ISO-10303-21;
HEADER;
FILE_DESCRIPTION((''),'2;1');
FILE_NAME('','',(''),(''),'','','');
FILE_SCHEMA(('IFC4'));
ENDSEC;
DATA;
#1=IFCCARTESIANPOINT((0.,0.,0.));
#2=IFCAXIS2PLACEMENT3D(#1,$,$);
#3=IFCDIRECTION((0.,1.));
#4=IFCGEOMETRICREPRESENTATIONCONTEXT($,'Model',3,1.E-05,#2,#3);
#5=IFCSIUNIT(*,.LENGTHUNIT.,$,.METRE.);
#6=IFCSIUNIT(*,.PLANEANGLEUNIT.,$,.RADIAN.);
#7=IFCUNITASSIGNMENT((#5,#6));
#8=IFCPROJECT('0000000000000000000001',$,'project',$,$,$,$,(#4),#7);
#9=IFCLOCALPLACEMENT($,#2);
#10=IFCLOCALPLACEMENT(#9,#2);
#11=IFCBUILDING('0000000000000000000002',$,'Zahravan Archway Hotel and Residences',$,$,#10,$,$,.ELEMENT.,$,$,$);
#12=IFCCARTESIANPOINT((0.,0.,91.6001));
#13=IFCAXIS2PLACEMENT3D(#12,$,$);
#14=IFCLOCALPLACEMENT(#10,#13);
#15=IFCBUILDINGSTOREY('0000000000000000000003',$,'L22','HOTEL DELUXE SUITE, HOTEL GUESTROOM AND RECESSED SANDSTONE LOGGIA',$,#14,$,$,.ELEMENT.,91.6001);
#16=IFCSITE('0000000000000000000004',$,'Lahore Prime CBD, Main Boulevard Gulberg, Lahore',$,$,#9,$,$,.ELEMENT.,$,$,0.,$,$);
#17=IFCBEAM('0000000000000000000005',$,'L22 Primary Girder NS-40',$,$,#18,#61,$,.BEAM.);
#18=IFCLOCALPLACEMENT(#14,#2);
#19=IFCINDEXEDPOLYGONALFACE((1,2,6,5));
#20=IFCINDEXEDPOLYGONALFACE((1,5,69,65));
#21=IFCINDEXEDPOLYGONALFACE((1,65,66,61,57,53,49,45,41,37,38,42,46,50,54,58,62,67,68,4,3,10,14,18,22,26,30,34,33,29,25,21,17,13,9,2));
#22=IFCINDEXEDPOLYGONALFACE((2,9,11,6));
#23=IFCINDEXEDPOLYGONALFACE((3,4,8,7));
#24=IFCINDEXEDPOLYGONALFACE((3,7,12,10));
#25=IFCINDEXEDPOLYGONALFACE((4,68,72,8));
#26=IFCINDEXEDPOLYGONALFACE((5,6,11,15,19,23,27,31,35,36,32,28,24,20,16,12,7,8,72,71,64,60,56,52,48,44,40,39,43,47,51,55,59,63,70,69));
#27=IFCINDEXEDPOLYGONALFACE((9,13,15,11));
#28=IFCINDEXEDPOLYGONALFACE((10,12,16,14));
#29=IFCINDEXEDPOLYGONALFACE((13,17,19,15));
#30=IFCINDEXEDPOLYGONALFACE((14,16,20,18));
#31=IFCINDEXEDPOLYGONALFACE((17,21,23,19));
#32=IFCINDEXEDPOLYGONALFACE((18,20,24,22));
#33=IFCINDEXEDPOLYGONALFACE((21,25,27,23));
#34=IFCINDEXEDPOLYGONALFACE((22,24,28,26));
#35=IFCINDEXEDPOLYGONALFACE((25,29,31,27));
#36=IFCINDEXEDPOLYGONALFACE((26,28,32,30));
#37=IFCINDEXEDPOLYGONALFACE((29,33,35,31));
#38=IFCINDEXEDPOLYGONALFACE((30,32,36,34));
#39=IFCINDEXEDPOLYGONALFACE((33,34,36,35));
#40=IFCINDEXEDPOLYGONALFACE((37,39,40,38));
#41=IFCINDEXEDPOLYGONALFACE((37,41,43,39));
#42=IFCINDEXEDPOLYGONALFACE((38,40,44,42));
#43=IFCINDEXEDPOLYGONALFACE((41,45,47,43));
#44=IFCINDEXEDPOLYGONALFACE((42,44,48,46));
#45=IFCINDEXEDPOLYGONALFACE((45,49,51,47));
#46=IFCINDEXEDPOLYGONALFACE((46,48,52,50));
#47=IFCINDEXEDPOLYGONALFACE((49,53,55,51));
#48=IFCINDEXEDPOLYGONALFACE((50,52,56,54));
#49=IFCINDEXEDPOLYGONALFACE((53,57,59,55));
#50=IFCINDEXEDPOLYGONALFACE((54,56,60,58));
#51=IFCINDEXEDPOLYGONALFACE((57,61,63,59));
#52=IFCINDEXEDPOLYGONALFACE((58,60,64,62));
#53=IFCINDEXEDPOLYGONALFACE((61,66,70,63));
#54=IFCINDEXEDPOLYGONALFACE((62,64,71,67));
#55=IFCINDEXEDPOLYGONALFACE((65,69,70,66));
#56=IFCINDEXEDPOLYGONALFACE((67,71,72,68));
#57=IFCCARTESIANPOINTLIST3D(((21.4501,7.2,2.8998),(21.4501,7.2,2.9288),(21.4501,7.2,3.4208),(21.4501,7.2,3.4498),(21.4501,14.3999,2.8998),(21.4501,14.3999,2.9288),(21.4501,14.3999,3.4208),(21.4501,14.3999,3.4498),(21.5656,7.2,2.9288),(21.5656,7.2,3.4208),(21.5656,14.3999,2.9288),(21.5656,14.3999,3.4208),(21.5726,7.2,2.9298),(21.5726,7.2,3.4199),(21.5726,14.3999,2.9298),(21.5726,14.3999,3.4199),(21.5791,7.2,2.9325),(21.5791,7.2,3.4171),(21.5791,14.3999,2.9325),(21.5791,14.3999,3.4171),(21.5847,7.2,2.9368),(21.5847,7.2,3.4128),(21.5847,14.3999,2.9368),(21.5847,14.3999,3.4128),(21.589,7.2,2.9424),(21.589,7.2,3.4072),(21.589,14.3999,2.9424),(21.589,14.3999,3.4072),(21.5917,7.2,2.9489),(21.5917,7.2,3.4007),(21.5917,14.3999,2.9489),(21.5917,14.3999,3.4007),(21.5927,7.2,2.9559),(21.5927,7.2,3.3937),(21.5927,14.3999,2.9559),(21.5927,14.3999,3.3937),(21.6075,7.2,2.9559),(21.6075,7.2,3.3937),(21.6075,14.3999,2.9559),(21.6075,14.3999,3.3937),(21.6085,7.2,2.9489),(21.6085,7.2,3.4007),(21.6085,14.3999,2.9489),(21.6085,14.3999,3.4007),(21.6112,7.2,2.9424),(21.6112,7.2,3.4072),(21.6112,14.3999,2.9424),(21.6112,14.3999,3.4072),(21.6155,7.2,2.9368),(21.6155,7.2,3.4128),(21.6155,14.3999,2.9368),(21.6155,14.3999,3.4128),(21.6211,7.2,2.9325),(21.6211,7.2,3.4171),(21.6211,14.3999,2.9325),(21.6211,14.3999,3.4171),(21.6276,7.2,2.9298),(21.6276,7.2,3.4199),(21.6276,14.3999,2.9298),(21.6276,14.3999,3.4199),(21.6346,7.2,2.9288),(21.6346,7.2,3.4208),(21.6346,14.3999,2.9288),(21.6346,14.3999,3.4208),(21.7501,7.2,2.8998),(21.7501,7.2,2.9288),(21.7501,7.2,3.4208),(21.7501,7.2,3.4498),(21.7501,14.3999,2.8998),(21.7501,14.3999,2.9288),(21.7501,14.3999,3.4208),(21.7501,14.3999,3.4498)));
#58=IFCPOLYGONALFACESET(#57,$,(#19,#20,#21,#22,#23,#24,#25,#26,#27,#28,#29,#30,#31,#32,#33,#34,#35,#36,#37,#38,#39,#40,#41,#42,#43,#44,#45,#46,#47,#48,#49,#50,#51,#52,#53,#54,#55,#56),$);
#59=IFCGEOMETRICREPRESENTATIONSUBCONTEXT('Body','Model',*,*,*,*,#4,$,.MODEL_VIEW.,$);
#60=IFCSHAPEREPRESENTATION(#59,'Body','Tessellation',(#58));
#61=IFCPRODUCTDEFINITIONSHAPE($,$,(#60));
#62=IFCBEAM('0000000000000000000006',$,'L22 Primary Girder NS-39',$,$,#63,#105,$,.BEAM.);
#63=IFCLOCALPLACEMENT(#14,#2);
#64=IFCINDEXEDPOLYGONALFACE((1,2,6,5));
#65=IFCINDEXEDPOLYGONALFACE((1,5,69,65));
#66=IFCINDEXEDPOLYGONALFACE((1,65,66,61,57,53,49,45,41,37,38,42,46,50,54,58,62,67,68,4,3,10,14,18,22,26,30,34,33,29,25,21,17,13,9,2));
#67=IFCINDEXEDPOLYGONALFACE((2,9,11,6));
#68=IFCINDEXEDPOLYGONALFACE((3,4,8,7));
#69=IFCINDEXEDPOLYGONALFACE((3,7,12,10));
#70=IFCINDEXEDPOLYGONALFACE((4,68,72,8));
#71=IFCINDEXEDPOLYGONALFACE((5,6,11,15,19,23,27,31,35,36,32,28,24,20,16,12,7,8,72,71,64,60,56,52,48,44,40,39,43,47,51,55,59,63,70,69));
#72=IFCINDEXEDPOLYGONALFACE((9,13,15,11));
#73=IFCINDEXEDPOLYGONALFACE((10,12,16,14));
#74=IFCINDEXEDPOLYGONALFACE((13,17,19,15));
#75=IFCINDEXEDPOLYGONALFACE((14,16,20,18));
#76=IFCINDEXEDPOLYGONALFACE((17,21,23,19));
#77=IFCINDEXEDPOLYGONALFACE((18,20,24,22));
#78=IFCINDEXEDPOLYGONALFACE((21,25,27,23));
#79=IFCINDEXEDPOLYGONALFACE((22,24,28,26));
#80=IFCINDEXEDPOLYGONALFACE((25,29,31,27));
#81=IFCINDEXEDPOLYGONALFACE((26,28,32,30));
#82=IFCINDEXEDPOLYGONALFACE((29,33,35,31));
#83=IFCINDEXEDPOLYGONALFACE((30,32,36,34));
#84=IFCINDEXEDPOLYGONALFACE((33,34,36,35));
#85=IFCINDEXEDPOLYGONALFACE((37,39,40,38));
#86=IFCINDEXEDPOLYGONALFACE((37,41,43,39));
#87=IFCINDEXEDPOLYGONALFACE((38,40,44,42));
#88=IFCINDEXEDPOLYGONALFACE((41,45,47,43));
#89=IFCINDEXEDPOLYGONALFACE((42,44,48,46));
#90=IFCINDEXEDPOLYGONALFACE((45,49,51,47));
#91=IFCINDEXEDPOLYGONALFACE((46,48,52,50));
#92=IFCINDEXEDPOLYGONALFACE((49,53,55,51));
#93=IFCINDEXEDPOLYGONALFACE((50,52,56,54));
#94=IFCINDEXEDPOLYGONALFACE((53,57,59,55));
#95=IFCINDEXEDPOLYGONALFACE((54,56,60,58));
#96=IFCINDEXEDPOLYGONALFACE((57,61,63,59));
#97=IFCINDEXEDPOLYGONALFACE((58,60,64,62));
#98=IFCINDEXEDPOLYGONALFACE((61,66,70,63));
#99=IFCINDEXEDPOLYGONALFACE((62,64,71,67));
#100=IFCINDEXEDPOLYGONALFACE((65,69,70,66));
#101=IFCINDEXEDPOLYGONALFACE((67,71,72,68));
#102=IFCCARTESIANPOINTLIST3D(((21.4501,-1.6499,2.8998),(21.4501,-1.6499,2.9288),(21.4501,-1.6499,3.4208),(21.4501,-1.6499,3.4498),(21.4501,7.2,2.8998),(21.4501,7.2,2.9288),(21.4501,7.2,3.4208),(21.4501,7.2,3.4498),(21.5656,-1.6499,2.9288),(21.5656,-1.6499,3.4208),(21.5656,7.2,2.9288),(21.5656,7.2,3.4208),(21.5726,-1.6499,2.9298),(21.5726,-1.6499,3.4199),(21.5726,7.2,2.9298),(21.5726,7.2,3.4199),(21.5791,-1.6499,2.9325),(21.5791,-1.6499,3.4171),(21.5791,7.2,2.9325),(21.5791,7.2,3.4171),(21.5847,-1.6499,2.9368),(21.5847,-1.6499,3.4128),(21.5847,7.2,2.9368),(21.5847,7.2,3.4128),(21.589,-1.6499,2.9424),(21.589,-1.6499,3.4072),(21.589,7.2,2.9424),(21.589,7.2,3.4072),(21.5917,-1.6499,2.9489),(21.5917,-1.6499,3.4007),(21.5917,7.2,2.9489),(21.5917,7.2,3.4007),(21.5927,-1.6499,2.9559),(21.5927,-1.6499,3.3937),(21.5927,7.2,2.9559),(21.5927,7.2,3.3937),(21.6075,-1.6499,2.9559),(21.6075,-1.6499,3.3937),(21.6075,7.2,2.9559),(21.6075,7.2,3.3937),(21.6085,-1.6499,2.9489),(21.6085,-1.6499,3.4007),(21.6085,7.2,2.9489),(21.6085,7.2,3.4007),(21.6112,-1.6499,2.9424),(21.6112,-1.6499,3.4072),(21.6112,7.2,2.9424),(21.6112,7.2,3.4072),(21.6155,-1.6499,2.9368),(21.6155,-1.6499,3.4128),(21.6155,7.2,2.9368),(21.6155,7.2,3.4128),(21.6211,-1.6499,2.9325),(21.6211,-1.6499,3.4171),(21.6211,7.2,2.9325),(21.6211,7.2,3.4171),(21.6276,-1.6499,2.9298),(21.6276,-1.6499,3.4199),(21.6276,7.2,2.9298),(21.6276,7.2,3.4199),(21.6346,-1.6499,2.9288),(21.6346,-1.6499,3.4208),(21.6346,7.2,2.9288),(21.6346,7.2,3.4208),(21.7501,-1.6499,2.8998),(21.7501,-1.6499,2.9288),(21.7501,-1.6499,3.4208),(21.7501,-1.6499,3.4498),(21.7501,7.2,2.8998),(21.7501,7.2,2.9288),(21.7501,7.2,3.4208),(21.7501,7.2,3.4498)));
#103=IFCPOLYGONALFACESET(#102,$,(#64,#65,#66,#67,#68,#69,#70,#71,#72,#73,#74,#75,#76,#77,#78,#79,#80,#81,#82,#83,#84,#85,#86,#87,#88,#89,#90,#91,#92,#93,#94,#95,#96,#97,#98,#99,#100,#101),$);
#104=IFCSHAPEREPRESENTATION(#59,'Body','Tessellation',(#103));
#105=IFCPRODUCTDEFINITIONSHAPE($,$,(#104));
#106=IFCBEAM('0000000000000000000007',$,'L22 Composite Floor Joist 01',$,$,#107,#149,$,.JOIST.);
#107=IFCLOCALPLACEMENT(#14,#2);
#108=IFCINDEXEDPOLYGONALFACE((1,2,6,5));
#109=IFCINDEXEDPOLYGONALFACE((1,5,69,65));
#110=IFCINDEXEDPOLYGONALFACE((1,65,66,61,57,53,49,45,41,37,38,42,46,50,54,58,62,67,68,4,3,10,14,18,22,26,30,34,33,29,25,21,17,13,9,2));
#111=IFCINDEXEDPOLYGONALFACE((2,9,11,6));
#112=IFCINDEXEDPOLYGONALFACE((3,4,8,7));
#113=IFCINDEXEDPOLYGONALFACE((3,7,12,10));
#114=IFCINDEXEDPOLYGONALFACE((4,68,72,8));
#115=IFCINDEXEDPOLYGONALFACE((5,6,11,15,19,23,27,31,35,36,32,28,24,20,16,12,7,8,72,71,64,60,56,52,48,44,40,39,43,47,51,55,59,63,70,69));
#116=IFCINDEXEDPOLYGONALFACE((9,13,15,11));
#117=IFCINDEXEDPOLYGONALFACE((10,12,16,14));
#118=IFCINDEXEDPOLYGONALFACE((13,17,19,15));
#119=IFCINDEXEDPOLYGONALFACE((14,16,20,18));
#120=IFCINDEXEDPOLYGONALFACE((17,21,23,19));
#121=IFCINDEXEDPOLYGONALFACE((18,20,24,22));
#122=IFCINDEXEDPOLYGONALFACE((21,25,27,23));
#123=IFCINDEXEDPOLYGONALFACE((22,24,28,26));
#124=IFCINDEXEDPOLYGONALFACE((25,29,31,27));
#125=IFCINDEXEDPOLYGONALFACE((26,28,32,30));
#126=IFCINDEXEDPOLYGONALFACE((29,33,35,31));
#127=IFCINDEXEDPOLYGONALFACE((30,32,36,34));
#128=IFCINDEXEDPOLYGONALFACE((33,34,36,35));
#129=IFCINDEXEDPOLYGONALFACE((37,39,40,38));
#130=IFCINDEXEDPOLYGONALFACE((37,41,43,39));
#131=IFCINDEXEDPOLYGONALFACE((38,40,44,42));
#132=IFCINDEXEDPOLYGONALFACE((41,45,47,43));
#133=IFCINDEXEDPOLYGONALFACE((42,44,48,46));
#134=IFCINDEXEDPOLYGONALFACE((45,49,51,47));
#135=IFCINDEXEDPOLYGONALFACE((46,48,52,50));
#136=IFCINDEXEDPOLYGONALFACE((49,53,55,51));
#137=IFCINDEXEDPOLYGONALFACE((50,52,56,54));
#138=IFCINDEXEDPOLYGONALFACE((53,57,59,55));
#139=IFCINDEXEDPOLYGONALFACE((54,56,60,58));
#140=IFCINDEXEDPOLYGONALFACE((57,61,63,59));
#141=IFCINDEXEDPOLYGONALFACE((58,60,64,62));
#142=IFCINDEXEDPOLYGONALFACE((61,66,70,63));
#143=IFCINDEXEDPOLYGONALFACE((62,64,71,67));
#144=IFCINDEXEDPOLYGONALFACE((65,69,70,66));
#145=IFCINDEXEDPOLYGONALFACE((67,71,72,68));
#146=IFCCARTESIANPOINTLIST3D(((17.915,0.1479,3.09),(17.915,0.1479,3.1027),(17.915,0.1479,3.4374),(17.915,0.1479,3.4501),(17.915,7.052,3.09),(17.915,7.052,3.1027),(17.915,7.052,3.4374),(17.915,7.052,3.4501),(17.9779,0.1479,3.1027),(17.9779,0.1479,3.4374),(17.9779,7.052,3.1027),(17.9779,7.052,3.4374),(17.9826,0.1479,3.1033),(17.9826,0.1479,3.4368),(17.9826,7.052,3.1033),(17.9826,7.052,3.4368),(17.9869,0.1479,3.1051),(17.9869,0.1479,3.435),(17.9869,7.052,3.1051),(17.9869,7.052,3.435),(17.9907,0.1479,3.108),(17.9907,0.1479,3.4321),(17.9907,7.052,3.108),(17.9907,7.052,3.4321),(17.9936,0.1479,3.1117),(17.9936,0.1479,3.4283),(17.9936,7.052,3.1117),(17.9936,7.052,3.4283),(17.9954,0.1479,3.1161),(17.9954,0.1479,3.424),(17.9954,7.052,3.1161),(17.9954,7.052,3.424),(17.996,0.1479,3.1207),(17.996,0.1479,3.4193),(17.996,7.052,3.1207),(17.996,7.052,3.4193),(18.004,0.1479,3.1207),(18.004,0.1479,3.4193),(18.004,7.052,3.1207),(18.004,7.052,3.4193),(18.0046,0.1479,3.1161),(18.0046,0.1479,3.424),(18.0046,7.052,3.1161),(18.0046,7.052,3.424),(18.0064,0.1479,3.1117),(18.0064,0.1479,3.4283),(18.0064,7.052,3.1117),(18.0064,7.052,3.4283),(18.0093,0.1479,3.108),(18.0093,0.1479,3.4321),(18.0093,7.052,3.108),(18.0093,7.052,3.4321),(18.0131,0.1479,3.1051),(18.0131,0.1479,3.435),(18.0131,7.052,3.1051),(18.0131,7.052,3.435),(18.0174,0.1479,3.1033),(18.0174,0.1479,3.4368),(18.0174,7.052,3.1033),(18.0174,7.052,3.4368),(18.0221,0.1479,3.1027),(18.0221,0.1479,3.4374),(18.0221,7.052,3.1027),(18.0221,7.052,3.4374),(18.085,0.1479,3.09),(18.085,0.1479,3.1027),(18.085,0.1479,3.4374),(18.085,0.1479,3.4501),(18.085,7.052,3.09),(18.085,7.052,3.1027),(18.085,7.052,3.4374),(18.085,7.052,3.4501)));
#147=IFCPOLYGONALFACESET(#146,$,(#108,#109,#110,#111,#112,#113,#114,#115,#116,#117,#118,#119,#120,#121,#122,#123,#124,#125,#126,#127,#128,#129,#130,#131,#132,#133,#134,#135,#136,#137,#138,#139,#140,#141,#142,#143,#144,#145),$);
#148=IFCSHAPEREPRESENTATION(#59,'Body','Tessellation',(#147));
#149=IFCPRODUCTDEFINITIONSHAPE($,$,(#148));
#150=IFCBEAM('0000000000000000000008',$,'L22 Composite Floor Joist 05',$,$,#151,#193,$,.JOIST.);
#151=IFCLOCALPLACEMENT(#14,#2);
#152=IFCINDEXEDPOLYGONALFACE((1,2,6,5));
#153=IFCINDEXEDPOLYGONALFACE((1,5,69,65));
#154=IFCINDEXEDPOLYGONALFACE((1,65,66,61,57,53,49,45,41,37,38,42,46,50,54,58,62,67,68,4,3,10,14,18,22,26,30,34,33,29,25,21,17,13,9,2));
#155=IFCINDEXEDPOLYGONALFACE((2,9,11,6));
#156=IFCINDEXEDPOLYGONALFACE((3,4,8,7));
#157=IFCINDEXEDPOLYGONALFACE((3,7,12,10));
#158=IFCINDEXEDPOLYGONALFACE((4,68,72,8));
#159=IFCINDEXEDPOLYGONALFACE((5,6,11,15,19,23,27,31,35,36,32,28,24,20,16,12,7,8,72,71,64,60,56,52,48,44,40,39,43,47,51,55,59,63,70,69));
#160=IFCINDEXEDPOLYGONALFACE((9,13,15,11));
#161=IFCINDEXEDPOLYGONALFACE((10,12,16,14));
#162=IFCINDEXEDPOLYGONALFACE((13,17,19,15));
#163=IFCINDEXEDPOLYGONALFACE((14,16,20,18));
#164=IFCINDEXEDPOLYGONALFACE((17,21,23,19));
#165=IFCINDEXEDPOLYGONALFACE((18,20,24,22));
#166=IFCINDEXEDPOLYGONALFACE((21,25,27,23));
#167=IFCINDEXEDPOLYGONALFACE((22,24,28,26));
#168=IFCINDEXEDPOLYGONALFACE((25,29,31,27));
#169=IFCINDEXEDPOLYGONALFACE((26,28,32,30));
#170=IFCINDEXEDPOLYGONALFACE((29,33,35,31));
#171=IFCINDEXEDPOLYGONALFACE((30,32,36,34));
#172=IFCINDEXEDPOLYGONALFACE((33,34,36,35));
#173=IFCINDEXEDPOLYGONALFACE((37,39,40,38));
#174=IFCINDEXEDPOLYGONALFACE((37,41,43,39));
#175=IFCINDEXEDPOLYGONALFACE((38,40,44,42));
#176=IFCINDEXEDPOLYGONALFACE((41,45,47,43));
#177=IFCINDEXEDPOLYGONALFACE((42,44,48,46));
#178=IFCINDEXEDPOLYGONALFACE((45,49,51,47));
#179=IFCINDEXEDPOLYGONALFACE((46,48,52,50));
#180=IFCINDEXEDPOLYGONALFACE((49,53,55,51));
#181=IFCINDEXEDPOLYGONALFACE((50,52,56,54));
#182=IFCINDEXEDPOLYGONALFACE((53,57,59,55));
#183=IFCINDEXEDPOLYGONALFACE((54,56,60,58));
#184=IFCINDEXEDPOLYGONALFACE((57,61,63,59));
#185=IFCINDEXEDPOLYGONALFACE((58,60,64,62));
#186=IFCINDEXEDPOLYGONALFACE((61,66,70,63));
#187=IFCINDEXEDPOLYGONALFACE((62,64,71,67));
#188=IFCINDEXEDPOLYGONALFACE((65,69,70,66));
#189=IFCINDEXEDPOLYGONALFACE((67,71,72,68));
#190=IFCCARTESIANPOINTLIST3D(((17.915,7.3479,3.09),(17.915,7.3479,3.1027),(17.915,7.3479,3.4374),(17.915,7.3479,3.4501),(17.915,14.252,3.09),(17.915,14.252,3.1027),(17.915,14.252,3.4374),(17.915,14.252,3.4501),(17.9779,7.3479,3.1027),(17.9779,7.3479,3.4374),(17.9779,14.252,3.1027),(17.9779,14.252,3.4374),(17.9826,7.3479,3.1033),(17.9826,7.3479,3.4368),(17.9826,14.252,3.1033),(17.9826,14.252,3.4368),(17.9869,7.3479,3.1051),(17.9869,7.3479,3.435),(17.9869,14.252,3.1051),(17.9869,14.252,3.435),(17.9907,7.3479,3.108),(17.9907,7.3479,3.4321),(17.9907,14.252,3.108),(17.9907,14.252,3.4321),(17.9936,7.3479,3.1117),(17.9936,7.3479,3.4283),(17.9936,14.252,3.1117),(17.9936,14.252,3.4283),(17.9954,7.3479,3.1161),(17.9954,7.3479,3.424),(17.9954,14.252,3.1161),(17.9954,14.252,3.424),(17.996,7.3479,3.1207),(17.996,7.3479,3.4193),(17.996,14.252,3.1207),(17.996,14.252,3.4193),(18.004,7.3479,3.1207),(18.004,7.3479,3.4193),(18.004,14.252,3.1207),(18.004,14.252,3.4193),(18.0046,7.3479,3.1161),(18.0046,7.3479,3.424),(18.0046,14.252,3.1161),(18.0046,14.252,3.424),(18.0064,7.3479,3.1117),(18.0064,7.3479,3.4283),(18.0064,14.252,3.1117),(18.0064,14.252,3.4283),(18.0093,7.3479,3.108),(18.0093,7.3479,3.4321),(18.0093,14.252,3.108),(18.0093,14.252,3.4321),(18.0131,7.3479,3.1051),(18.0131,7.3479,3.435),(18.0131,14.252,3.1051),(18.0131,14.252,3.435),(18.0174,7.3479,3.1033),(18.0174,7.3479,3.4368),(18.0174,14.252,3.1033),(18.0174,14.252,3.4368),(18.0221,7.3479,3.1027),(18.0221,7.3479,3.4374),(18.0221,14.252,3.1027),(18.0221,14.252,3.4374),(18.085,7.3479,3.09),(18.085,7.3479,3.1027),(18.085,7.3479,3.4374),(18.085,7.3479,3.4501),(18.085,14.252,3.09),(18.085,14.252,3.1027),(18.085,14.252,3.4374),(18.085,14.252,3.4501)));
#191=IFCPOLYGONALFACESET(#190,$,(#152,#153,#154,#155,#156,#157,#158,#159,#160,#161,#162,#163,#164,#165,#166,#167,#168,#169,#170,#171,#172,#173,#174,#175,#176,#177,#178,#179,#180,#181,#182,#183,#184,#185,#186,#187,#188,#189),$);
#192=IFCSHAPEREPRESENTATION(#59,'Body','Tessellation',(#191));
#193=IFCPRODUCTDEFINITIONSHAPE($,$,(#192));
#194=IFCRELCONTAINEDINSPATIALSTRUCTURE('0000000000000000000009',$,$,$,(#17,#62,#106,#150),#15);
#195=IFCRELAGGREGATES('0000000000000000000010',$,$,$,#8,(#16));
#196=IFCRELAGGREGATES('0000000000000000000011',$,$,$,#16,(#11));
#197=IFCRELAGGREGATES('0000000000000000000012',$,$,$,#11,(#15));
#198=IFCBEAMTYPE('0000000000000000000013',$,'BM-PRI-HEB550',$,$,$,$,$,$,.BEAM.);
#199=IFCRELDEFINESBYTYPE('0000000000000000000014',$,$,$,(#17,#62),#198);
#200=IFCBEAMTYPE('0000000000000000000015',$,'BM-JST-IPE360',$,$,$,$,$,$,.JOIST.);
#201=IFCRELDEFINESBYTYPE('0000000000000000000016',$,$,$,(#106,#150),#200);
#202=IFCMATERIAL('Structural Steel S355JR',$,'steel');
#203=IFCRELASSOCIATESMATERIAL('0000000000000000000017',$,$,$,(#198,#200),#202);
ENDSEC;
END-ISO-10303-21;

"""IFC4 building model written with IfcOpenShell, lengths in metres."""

from ifc_helpers import new_model, si_unit, direction, frame, origin, origin_2d, place, context, subcontext, project, spatial, i_section, extrude, source, transform, mapped, material, material_profile, profile_set, type_object, type_shapes, element, save


model = new_model("IFC4")

# Units and contexts
model_context = context("Model", 3, precision=1e-05, world=origin(), true_north=direction((0.0, 1.0)))
body_context = subcontext(model_context, "Body", "Model", "MODEL_VIEW")
ifc_project = project(units=[si_unit("LENGTHUNIT", "METRE"), si_unit("PLANEANGLEUNIT", "RADIAN")], contexts=[model_context])

# Site, building, storey
site_placement = place(None, origin())
site = spatial("IfcSite", under=ifc_project, at=site_placement, Name="Lahore Prime CBD, Main Boulevard Gulberg, Lahore", CompositionType="ELEMENT", RefElevation=0.0)
building_placement = place(site_placement, origin())
building = spatial("IfcBuilding", under=site, at=building_placement, Name="Zahravan Archway Hotel and Residences", CompositionType="ELEMENT")
storey_placement = place(building_placement, frame((0.0, 0.0, 91.6001)))
storey = spatial("IfcBuildingStorey", under=building, at=storey_placement, Name="L22", Description="HOTEL DELUXE SUITE, HOTEL GUESTROOM AND RECESSED SANDSTONE LOGGIA", CompositionType="ELEMENT", Elevation=91.6001)

# Beams
ifc_material_1 = material(Name="Structural Steel S355JR", Category="steel")
ifc_material_profile_1 = material_profile(ifc_material_1, i_section(OverallWidth=0.3, OverallDepth=0.55, WebThickness=0.0149, FlangeThickness=0.0291, FilletRadius=0.0271, at=origin_2d()), Name="HEB 550", Category="steel")
ifc_profile_set_1 = profile_set([ifc_material_profile_1], Name="Structural Steel S355JR")
beam_type_1 = type_object("IfcBeamType", Name="BM-PRI-HEB550", PredefinedType="BEAM", material=ifc_profile_set_1)
shared_shape_1 = source(origin(), body_context, "Body", "SweptSolid", [
    extrude(i_section(OverallWidth=0.3, OverallDepth=0.55, WebThickness=0.0149, FlangeThickness=0.0291, FilletRadius=0.0271, at=origin_2d()), origin(), (0.0, 0.0, 1.0), 7.2),
])
for number, where, z_axis, x_axis, name in (
    (1, (21.6001, 7.2, 3.1748), (0.0, 1.0, 0.0), (-1.0, 0.0, 0.0), "L22 Primary Girder NS-40"),
):
    element("IfcBeam", number, at=place(storey_placement, frame(where, z_axis=z_axis, x_axis=x_axis)), inside=storey, type_object=beam_type_1, Name=name, PredefinedType="BEAM", context=body_context, shape_type="MappedRepresentation", body=[
        mapped(shared_shape_1, transform((0.0, 0.0, 0.0), scale=1.0)),
    ])
shared_shape_2 = source(origin(), body_context, "Body", "SweptSolid", [
    extrude(i_section(OverallWidth=0.3, OverallDepth=0.55, WebThickness=0.0149, FlangeThickness=0.0291, FilletRadius=0.0271, at=origin_2d()), origin(), (0.0, 0.0, 1.0), 8.8499),
])
beam_1_placement = place(storey_placement, frame((21.6001, -1.6499, 3.1748), z_axis=(0.0, 1.0, 0.0), x_axis=(-1.0, 0.0, 0.0)))
element("IfcBeam", 2, at=beam_1_placement, inside=storey, type_object=beam_type_1, Name="L22 Primary Girder NS-39", PredefinedType="BEAM", context=body_context, shape_type="MappedRepresentation", body=[
    mapped(shared_shape_2, transform((0.0, 0.0, 0.0), scale=1.0)),
])
ifc_material_profile_2 = material_profile(ifc_material_1, i_section(OverallWidth=0.1699, OverallDepth=0.3601, WebThickness=0.0081, FlangeThickness=0.0127, FilletRadius=0.0181, at=origin_2d()), Name="IPE 360", Category="steel")
ifc_profile_set_2 = profile_set([ifc_material_profile_2], Name="Structural Steel S355JR")
beam_type_2 = type_object("IfcBeamType", Name="BM-JST-IPE360", PredefinedType="JOIST", material=ifc_profile_set_2)
shared_shape_3 = source(origin(), body_context, "Body", "SweptSolid", [
    extrude(i_section(OverallWidth=0.1699, OverallDepth=0.3601, WebThickness=0.0081, FlangeThickness=0.0127, FilletRadius=0.0181, at=origin_2d()), origin(), (0.0, 0.0, 1.0), 6.9041),
])
type_shapes(beam_type_2, [shared_shape_3])
for number, where, z_axis, x_axis, name in (
    (3, (18.0, 0.1479, 3.27), (0.0, 1.0, 0.0), (-1.0, 0.0, 0.0), "L22 Composite Floor Joist 01"),
    (4, (18.0, 7.3479, 3.27), (0.0, 1.0, 0.0), (-1.0, 0.0, 0.0), "L22 Composite Floor Joist 05"),
):
    element("IfcBeam", number, at=place(storey_placement, frame(where, z_axis=z_axis, x_axis=x_axis)), inside=storey, type_object=beam_type_2, Name=name, PredefinedType="JOIST", context=body_context, shape_type="MappedRepresentation", body=[
        mapped(shared_shape_3, transform((0.0, 0.0, 0.0), scale=1.0)),
    ])

save(model, "model.ifc")
